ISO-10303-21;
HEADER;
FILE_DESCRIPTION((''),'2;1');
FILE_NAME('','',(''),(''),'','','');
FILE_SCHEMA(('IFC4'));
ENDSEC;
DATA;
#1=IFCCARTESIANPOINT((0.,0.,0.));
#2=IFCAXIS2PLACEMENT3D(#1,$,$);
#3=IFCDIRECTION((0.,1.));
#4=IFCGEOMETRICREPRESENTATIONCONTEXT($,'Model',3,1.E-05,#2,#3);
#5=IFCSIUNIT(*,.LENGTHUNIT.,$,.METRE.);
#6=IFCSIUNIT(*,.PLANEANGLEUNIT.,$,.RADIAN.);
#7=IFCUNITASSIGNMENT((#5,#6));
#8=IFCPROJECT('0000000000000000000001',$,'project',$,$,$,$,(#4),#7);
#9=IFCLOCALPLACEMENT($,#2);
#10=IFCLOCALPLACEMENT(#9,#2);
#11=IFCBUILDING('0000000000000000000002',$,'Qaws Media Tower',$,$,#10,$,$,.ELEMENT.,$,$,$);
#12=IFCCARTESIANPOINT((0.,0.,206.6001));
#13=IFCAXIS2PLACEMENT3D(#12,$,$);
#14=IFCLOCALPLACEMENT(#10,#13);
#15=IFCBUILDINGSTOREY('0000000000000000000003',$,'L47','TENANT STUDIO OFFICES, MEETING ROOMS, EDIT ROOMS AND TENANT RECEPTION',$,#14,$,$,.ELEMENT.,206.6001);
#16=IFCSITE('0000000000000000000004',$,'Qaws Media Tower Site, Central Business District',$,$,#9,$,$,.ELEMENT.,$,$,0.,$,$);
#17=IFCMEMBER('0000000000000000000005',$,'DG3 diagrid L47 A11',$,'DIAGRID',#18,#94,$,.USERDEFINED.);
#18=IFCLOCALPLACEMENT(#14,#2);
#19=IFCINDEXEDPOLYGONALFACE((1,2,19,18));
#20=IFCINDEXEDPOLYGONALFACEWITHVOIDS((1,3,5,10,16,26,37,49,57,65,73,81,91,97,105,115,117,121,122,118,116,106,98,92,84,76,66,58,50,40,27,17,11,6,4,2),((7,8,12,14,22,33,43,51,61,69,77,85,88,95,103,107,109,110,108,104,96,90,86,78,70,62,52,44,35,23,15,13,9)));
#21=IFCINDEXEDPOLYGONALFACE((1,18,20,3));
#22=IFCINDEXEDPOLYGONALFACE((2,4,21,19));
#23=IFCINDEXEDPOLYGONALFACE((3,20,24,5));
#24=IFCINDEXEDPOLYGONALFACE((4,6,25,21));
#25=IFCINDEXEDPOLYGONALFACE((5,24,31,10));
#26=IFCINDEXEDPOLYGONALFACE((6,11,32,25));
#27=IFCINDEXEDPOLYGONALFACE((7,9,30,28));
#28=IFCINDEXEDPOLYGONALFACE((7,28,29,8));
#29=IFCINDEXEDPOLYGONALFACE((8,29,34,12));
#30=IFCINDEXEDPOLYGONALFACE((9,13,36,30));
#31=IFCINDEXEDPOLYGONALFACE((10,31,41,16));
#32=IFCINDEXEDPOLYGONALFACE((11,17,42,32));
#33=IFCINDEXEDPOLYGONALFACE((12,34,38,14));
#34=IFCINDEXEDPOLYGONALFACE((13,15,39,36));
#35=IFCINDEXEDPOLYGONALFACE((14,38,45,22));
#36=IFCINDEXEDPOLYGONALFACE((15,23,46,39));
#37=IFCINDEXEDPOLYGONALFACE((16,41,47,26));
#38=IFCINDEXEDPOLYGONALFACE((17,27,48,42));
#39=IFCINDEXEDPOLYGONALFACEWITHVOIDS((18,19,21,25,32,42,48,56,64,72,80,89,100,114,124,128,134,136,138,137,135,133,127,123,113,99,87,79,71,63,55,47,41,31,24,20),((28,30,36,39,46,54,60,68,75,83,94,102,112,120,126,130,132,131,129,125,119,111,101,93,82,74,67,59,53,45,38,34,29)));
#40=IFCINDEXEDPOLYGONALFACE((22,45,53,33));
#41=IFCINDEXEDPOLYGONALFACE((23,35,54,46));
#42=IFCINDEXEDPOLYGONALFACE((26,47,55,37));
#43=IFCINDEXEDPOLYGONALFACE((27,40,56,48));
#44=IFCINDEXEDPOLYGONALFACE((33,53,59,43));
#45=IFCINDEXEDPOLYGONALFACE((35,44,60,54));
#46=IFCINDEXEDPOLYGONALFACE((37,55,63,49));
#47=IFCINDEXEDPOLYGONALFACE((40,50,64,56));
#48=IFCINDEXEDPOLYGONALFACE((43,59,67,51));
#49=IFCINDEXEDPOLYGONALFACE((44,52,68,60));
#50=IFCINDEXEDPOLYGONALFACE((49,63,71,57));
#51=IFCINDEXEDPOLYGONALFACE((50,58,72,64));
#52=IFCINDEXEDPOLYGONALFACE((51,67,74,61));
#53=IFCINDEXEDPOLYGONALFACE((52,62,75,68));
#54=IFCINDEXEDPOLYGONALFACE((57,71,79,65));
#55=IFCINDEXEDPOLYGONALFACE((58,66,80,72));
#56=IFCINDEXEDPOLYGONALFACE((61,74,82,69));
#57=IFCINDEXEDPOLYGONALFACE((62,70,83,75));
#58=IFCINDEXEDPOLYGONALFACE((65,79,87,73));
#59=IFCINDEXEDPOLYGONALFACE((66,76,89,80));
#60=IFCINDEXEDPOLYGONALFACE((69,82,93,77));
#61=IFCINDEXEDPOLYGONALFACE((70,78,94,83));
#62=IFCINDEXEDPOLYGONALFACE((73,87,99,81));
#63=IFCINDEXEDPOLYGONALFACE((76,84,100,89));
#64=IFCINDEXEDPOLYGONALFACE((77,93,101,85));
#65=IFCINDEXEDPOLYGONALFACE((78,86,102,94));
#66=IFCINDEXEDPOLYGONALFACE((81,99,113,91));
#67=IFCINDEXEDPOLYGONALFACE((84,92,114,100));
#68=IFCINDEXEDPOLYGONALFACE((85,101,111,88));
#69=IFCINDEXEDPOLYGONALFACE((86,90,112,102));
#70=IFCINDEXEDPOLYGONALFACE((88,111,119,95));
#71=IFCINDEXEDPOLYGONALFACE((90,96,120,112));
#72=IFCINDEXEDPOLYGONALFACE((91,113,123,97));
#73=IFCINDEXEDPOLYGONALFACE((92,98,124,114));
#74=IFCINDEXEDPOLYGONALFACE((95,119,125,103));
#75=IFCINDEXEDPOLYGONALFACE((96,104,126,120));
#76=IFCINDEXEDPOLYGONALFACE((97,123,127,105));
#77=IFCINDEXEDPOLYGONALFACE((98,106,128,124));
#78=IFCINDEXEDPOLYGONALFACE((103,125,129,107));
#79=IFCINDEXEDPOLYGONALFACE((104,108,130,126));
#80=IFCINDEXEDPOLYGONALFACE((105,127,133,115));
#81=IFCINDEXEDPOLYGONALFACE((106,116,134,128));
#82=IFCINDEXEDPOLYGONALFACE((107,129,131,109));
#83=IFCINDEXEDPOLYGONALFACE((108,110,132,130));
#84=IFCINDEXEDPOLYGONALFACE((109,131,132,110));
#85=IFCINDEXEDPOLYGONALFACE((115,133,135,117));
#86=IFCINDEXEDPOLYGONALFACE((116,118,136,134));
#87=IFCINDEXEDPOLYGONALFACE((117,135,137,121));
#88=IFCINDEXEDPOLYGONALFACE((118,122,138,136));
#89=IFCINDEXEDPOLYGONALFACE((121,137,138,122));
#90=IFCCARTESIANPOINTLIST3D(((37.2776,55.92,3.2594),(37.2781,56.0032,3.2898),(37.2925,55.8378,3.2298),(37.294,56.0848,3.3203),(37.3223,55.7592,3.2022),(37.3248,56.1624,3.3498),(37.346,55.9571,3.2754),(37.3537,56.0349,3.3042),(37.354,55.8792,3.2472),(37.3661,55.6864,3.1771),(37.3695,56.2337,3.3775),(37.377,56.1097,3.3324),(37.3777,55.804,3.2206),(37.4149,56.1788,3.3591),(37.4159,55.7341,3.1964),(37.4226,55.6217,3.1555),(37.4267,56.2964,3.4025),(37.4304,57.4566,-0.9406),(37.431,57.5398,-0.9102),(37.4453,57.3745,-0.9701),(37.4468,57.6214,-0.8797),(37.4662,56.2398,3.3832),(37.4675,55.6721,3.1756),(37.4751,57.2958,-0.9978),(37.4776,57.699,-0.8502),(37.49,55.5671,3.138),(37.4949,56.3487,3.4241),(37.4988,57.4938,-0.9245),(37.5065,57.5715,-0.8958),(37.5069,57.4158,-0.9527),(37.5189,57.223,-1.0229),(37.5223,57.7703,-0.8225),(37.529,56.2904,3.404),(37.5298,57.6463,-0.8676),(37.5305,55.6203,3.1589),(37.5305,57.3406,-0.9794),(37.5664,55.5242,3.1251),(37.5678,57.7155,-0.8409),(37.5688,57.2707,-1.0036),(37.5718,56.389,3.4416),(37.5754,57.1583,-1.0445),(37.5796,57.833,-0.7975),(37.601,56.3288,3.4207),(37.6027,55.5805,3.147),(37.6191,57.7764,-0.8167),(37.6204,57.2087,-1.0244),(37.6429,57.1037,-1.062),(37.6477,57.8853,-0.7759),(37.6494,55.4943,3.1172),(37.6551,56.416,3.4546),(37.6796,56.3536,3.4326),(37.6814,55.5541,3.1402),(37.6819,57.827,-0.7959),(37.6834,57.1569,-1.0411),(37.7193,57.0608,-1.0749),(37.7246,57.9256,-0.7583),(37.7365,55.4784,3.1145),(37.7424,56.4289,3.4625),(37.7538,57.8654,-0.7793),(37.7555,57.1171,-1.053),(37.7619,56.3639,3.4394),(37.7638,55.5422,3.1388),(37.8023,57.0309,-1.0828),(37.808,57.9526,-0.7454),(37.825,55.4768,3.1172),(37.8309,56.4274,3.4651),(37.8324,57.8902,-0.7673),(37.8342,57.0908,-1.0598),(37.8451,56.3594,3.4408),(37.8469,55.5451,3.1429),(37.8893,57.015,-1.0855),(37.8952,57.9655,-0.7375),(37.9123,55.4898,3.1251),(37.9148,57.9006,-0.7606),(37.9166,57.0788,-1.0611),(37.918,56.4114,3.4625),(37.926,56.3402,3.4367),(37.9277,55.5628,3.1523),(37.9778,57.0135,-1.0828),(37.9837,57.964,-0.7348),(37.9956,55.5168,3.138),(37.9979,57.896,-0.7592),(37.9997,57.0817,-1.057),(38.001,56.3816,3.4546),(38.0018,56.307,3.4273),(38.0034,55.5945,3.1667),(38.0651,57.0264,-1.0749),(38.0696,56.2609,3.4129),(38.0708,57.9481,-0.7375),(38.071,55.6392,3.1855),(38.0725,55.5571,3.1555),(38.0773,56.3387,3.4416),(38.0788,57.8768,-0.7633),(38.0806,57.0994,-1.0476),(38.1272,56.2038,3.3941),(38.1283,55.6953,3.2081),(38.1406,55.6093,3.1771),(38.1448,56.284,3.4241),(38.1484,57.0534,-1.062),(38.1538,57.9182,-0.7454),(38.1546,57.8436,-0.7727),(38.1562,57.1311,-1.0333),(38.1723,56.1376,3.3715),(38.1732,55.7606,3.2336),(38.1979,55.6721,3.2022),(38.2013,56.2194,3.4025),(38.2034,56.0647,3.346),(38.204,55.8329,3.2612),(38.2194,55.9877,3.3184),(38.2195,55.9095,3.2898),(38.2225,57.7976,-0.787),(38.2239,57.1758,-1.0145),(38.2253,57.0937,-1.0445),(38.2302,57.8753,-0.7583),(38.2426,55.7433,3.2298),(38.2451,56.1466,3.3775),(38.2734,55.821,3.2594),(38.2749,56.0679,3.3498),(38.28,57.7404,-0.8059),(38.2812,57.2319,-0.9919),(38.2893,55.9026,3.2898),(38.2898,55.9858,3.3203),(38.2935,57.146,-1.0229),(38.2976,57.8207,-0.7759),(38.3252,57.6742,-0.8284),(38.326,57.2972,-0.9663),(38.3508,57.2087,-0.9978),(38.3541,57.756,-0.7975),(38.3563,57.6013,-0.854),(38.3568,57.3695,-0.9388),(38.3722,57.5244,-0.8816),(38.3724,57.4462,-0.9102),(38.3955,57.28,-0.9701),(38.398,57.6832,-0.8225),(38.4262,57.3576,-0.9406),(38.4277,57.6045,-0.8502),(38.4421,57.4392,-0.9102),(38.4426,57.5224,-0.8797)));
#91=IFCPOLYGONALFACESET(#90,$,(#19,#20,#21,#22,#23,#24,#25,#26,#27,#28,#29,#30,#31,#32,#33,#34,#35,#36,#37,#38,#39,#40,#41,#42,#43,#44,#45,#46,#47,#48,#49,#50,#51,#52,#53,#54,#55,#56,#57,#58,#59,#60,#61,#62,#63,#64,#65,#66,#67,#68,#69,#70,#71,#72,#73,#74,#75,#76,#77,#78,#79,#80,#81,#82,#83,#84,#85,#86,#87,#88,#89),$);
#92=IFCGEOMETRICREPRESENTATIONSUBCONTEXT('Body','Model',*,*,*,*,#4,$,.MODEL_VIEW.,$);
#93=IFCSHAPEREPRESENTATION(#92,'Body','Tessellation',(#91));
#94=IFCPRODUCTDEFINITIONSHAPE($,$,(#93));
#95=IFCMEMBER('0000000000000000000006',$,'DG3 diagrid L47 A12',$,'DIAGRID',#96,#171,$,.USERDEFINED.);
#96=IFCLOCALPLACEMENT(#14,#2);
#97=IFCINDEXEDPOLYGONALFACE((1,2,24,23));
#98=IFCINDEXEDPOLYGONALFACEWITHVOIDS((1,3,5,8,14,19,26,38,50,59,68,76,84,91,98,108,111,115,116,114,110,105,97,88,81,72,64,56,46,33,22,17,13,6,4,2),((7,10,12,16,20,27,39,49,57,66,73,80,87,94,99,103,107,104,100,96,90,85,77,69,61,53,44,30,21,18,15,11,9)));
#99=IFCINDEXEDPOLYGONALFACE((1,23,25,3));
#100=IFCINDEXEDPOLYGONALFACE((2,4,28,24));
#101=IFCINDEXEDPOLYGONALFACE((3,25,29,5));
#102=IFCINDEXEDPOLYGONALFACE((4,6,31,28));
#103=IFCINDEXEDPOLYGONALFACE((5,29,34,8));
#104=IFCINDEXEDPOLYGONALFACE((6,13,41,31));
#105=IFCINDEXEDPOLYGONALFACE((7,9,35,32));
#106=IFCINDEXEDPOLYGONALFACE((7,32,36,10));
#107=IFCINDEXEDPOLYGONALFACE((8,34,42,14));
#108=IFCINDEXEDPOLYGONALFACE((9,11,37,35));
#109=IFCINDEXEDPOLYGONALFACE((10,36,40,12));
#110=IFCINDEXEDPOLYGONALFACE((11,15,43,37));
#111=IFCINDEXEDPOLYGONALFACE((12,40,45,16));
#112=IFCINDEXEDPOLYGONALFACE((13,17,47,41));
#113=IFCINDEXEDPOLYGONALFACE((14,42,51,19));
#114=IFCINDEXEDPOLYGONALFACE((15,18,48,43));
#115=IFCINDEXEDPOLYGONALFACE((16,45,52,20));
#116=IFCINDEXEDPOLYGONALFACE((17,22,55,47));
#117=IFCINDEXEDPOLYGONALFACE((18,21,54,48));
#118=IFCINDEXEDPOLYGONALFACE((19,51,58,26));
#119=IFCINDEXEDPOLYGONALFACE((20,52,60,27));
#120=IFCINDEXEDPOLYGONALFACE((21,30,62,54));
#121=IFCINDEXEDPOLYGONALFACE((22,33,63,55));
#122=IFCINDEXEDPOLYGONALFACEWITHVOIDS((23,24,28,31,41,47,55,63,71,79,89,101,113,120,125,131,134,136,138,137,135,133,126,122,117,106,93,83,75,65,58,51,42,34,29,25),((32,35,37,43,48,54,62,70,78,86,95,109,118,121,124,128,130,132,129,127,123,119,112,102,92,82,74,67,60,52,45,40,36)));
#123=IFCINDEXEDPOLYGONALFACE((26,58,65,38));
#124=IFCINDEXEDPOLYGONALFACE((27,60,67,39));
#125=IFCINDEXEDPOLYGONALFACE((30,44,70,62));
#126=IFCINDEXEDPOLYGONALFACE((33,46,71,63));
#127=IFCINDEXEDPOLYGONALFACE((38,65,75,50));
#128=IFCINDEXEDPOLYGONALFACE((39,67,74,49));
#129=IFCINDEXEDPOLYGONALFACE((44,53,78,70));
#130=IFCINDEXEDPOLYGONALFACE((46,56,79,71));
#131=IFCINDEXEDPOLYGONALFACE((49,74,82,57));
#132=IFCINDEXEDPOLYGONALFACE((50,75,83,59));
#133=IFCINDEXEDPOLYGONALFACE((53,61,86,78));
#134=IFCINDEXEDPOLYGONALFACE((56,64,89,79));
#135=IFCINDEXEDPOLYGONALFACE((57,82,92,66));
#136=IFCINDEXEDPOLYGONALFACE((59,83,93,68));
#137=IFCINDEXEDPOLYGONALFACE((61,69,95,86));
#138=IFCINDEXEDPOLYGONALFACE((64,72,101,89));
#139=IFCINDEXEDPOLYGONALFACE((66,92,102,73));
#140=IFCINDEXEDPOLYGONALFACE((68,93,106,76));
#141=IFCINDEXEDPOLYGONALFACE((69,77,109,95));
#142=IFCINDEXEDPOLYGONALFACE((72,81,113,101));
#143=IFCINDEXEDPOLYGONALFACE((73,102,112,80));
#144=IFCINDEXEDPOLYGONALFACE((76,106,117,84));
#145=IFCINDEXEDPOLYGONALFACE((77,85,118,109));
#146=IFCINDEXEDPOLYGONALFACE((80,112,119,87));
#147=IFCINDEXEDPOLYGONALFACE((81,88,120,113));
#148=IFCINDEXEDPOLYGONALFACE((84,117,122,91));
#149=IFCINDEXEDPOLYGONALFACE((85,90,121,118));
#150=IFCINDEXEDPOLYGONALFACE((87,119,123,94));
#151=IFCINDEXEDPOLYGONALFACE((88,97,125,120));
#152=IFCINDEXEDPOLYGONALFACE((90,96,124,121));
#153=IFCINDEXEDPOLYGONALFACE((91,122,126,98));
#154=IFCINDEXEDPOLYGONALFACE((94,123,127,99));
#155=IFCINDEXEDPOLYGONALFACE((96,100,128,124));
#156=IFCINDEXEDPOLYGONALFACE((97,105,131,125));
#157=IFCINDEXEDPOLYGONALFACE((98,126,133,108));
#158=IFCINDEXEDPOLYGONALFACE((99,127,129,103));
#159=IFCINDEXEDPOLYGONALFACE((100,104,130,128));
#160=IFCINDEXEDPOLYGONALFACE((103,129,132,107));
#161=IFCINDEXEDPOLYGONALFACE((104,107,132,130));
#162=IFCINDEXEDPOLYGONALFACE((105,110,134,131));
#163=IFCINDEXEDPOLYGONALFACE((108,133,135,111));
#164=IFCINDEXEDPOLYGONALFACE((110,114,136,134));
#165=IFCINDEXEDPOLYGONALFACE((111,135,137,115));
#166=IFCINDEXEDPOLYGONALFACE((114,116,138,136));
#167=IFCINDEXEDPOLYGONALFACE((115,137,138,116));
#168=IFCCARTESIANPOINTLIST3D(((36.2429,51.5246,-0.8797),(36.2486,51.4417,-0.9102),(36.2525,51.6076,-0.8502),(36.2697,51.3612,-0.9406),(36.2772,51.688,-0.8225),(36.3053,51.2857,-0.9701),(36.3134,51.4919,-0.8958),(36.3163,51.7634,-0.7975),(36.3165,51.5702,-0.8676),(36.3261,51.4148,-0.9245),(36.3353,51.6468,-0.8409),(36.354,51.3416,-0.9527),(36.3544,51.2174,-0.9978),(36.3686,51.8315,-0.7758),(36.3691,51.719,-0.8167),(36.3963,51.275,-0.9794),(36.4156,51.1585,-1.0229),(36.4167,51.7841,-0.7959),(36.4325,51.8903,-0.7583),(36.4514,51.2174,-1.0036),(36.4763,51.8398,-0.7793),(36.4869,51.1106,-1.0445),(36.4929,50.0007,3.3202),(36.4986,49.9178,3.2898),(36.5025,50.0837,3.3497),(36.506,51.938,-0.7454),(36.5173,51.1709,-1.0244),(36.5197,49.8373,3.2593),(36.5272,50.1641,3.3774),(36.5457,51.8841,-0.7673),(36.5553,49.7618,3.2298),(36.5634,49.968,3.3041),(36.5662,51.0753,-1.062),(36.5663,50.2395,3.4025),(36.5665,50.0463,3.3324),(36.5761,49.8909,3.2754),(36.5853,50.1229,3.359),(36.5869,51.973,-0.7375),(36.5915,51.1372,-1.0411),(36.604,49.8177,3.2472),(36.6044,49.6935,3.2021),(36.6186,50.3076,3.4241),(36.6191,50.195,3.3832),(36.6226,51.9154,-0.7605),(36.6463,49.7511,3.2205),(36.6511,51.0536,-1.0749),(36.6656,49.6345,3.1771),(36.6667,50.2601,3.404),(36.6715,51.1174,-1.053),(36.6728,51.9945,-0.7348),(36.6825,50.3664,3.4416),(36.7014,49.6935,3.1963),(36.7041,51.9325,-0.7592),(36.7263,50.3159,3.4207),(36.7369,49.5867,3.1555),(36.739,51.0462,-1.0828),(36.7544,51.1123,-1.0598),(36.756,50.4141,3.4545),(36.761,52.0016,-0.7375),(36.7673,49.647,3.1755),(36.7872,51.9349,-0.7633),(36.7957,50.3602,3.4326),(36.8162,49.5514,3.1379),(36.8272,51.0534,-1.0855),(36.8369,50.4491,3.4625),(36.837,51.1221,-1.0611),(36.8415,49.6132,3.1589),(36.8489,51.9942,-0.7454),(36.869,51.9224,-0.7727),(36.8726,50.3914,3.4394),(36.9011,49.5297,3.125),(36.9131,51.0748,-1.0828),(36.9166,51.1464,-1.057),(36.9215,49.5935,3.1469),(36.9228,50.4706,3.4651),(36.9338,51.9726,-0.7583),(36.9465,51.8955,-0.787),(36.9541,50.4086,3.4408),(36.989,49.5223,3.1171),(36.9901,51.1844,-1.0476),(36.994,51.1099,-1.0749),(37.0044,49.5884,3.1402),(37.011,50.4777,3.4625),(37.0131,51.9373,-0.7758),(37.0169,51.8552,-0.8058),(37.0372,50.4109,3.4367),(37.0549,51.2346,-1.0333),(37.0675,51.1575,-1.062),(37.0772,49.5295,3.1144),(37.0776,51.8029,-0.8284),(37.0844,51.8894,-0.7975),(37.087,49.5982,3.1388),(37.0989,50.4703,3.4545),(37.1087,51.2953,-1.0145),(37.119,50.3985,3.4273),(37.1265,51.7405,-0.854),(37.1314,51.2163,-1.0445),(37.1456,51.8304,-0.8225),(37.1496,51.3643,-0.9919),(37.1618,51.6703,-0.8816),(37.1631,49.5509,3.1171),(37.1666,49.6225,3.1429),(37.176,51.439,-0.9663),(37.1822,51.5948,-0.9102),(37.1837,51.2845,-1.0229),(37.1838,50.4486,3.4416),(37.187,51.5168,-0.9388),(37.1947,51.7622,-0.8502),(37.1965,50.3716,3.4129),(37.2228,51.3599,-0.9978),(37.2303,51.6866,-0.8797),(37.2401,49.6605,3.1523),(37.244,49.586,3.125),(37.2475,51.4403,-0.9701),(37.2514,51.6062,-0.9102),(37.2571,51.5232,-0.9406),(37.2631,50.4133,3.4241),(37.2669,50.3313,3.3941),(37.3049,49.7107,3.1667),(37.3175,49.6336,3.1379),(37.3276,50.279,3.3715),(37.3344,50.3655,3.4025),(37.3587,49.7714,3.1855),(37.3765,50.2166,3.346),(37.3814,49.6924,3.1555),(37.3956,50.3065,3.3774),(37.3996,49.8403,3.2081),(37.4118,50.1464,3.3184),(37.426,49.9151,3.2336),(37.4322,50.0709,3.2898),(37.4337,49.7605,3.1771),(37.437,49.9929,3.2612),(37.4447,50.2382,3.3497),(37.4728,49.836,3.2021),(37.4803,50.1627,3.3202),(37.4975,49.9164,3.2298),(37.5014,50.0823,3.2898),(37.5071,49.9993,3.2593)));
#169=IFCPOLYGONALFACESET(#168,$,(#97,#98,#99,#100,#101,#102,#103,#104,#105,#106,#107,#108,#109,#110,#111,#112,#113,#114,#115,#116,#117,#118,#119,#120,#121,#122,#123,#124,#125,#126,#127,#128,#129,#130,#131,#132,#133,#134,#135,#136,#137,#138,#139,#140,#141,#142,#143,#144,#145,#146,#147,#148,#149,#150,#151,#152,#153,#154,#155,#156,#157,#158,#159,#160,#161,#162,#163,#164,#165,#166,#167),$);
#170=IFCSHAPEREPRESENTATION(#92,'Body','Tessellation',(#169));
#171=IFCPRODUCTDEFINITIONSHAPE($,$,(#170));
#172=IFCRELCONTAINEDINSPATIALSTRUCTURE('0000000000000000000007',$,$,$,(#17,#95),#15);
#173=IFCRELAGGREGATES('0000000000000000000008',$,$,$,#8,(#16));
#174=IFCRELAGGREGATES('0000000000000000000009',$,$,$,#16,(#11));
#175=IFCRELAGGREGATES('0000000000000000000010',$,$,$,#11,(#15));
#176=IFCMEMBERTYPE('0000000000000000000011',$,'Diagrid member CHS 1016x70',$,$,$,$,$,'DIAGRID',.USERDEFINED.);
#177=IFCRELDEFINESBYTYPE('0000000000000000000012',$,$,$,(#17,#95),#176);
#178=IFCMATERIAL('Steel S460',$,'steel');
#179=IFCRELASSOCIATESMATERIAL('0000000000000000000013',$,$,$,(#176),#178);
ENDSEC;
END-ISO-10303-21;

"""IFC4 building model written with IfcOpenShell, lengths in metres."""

from ifc_helpers import new_model, si_unit, direction, frame, origin, origin_2d, place, context, subcontext, project, spatial, hollow_circle, extrude, material, material_profile, profile_set, type_object, element, save


model = new_model("IFC4")

# Units and contexts
model_context = context("Model", 3, precision=1e-05, world=origin(), true_north=direction((0.0, 1.0)))
body_context = subcontext(model_context, "Body", "Model", "MODEL_VIEW")
ifc_project = project(units=[si_unit("LENGTHUNIT", "METRE"), si_unit("PLANEANGLEUNIT", "RADIAN")], contexts=[model_context])

# Site, building, storey
site_placement = place(None, origin())
site = spatial("IfcSite", under=ifc_project, at=site_placement, Name="Qaws Media Tower Site, Central Business District", CompositionType="ELEMENT", RefElevation=0.0)
building_placement = place(site_placement, origin())
building = spatial("IfcBuilding", under=site, at=building_placement, Name="Qaws Media Tower", CompositionType="ELEMENT")
storey_placement = place(building_placement, frame((0.0, 0.0, 206.6001)))
storey = spatial("IfcBuildingStorey", under=building, at=storey_placement, Name="L47", Description="TENANT STUDIO OFFICES, MEETING ROOMS, EDIT ROOMS AND TENANT RECEPTION", CompositionType="ELEMENT", Elevation=206.6001)

# Members
ifc_material_1 = material(Name="Steel S460", Category="steel")
ifc_material_profile_1 = material_profile(ifc_material_1, hollow_circle(Radius=0.5081, WallThickness=0.0701, at=origin_2d()), Name="CHS 1016x70")
ifc_profile_set_1 = profile_set([ifc_material_profile_1], Name="Steel S460")
member_type_1 = type_object("IfcMemberType", Name="Diagrid member CHS 1016x70", ElementType="DIAGRID", PredefinedType="USERDEFINED", material=ifc_profile_set_1)
for number, where, z_axis, x_axis, name in (
    (1, (37.9365, 57.4895, -0.9102), (-0.034154, -0.343392, 0.938571), (0.99509, -0.098971, 0.0), "DG3 diagrid L47 A11"),
    (2, (36.75, 51.5239, -0.9102), (0.055868, -0.340552, 0.938564), (0.986809, 0.161886, 0.0), "DG3 diagrid L47 A12"),
):
    element("IfcMember", number, at=place(storey_placement, frame(where, z_axis=z_axis, x_axis=x_axis)), inside=storey, type_object=member_type_1, Name=name, ObjectType="DIAGRID", PredefinedType="USERDEFINED", context=body_context, shape_type="SweptSolid", body=[
        extrude(hollow_circle(Radius=0.5081, WallThickness=0.0701, at=origin_2d()), origin(), (0.0, 0.0, 1.0), 4.4749),
    ])

save(model, "model.ifc")
